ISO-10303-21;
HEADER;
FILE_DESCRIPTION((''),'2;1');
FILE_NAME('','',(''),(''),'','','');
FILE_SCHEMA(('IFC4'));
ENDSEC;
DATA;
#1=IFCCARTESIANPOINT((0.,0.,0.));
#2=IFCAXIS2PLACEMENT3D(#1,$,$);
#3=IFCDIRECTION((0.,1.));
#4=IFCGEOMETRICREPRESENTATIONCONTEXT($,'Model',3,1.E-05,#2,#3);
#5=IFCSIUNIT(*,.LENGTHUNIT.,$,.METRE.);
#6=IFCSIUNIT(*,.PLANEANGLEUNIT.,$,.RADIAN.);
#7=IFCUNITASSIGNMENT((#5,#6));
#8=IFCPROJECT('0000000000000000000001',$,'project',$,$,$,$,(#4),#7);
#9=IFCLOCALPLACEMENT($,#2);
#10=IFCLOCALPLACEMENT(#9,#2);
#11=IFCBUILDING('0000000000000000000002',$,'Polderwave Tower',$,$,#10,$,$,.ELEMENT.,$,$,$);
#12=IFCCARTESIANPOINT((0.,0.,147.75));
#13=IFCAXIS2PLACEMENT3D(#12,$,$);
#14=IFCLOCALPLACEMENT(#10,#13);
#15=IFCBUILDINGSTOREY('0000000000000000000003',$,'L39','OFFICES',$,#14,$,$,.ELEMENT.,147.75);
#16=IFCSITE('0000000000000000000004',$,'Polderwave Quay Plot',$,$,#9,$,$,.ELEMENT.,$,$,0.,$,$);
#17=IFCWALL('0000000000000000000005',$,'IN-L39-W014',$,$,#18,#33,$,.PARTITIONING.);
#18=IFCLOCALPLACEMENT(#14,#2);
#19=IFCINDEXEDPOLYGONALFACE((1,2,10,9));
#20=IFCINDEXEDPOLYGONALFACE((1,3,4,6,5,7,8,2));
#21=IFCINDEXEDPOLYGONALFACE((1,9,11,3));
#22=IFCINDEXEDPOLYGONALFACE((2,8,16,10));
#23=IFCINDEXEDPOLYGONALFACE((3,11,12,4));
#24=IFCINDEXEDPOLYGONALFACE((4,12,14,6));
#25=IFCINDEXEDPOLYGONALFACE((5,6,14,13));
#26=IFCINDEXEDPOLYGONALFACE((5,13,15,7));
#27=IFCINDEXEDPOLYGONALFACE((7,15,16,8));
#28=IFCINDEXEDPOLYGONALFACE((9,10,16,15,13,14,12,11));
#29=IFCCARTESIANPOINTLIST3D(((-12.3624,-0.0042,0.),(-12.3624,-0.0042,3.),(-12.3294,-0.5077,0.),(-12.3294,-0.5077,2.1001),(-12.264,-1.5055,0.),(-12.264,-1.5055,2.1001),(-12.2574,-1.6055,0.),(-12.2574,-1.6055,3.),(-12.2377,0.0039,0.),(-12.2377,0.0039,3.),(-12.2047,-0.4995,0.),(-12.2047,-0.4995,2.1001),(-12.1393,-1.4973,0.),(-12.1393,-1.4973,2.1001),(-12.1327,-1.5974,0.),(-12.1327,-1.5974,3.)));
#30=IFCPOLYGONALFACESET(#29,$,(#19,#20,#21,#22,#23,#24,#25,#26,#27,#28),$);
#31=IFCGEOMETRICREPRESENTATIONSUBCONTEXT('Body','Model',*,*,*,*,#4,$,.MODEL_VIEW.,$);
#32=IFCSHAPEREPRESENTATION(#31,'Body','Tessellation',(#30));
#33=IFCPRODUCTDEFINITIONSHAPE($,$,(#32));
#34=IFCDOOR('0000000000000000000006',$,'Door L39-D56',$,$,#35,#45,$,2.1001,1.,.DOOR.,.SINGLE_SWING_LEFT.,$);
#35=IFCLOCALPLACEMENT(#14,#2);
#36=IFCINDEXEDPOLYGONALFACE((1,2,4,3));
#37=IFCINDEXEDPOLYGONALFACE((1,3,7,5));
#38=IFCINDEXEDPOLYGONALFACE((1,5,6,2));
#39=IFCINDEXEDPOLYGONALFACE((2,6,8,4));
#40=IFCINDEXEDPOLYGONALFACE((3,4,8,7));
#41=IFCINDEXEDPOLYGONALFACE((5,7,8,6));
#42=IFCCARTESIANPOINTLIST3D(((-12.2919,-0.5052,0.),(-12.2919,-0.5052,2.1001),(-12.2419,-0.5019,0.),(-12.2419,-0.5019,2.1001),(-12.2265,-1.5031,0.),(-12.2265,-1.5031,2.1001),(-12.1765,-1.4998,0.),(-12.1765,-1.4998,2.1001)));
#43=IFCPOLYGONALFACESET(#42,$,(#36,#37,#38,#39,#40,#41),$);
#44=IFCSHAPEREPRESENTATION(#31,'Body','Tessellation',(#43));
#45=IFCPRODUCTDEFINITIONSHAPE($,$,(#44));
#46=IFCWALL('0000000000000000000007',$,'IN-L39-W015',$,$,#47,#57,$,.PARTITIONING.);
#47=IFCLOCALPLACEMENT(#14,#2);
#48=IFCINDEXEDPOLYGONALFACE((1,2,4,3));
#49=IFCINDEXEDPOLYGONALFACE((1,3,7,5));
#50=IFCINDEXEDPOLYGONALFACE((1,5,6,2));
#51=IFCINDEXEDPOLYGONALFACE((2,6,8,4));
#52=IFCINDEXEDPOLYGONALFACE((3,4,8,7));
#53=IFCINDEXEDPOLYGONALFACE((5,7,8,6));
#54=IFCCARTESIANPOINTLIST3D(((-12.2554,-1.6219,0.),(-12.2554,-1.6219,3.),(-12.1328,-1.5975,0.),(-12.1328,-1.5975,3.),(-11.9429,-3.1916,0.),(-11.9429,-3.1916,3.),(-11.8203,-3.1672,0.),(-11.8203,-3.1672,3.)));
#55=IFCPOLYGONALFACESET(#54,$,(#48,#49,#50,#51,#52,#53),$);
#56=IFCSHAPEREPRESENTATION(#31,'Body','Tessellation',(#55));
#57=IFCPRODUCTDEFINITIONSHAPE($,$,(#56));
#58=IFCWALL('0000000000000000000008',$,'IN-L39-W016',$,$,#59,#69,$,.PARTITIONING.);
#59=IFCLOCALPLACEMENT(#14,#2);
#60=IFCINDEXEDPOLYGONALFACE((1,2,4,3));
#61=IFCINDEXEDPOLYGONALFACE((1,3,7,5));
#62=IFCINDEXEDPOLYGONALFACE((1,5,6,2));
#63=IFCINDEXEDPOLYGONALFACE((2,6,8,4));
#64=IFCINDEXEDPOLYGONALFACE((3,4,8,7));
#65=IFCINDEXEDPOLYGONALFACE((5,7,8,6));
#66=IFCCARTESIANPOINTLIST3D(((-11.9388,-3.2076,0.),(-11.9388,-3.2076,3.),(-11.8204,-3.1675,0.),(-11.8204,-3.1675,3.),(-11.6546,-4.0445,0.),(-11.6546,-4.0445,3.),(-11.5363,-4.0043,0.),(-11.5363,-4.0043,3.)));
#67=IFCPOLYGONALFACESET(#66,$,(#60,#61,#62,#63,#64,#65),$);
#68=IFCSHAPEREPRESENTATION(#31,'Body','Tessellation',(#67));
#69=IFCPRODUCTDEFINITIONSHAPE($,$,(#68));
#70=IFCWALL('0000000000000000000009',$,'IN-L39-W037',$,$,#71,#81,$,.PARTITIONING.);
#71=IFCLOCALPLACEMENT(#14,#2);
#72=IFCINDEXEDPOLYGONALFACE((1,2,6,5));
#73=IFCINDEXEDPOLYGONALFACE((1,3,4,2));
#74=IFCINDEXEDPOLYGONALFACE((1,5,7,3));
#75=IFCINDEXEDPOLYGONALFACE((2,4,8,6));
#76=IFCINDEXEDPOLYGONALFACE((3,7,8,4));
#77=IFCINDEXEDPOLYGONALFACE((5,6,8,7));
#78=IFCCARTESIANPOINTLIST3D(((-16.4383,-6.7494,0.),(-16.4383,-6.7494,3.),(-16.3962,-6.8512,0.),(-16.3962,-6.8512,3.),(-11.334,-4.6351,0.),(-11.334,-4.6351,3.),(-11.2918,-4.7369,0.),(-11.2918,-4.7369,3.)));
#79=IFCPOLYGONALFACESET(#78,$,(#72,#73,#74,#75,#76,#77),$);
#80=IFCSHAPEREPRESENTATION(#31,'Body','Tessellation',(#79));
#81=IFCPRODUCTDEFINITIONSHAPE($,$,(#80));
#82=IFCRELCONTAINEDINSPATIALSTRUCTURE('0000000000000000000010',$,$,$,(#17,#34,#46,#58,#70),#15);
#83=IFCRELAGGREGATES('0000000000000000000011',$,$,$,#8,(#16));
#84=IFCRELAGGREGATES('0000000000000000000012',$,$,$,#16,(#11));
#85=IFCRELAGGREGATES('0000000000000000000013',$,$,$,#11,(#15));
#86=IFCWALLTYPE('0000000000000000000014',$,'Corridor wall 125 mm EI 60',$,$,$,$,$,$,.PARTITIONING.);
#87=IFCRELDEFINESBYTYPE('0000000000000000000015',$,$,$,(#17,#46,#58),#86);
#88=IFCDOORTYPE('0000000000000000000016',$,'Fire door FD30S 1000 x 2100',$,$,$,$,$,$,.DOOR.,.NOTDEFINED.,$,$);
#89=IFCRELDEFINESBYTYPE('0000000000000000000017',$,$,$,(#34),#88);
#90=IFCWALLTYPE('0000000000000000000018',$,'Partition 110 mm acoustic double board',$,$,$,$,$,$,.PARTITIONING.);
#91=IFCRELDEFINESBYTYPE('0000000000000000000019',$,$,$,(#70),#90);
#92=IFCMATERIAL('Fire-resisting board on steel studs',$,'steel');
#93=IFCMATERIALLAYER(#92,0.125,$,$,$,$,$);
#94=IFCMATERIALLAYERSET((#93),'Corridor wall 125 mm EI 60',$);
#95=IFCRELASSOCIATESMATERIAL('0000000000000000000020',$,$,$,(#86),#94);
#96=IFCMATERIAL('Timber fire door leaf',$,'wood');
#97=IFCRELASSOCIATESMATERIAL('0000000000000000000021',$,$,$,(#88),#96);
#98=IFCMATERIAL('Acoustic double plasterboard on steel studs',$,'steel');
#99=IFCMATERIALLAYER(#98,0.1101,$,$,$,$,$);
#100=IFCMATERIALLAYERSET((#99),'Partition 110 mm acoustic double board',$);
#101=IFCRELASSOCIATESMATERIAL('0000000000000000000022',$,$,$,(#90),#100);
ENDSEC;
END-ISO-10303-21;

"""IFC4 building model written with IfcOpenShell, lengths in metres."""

from ifc_helpers import new_model, si_unit, direction, frame, frame_2d, origin, place, context, subcontext, project, spatial, rectangle, extrude, material, layer, layer_set, type_object, element, fill, save


model = new_model("IFC4")

# Units and contexts
model_context = context("Model", 3, precision=1e-05, world=origin(), true_north=direction((0.0, 1.0)))
body_context = subcontext(model_context, "Body", "Model", "MODEL_VIEW")
ifc_project = project(units=[si_unit("LENGTHUNIT", "METRE"), si_unit("PLANEANGLEUNIT", "RADIAN")], contexts=[model_context])

# Site, building, storey
site_placement = place(None, origin())
site = spatial("IfcSite", under=ifc_project, at=site_placement, Name="Polderwave Quay Plot", CompositionType="ELEMENT", RefElevation=0.0)
building_placement = place(site_placement, origin())
building = spatial("IfcBuilding", under=site, at=building_placement, Name="Polderwave Tower", CompositionType="ELEMENT")
storey_placement = place(building_placement, frame((0.0, 0.0, 147.75)))
storey = spatial("IfcBuildingStorey", under=building, at=storey_placement, Name="L39", Description="OFFICES", CompositionType="ELEMENT", Elevation=147.75)

# Wall, opening, door
ifc_material_1 = material(Name="Fire-resisting board on steel studs", Category="steel")
ifc_layer_1 = layer(ifc_material_1, 0.125)
ifc_layer_set_1 = layer_set([ifc_layer_1], Name="Corridor wall 125 mm EI 60")
wall_type_1 = type_object("IfcWallType", Name="Corridor wall 125 mm EI 60", PredefinedType="PARTITIONING", material=ifc_layer_set_1)
wall_1_placement = place(storey_placement, frame((-12.1951, -1.6013, 0.0), z_axis=(0.0, 0.0, 1.0), x_axis=(-0.065418, 0.997858, 0.0)))
wall_1 = element("IfcWall", 1, at=wall_1_placement, inside=storey, type_object=wall_type_1, Name="IN-L39-W014", PredefinedType="PARTITIONING", context=body_context, shape_type="SweptSolid", body=[
    extrude(rectangle(XDim=1.6047, YDim=0.125, at=frame_2d((0.8022, 0.0))), origin(), (0.0, 0.0, 1.0), 3.0),
])
opening_placement = place(wall_1_placement, frame((0.1001, 0.0, 0.0)))
opening = element("IfcOpeningElement", 2, at=opening_placement, cuts=wall_1, PredefinedType="OPENING", context=body_context, shape_type="SweptSolid", body=[
    extrude(rectangle(XDim=1.0, YDim=2.1001, at=frame_2d((0.5, 1.05))), frame((0.0, 0.0725, 0.0), z_axis=(0.0, -1.0, 0.0), x_axis=(1.0, 0.0, 0.0)), (0.0, 0.0, 1.0), 0.145),
])
ifc_material_2 = material(Name="Timber fire door leaf", Category="wood")
door_type = type_object("IfcDoorType", Name="Fire door FD30S 1000 x 2100", OperationType="NOTDEFINED", PredefinedType="DOOR", material=ifc_material_2)
door_placement = place(opening_placement, origin())
door = element("IfcDoor", 3, at=door_placement, inside=storey, type_object=door_type, Name="Door L39-D56", OperationType="SINGLE_SWING_LEFT", OverallHeight=2.1001, OverallWidth=1.0, PredefinedType="DOOR", context=body_context, shape_type="SweptSolid", body=[
    extrude(rectangle(XDim=1.0, YDim=2.1001, at=frame_2d((0.5, 1.05))), frame((0.0, 0.0249, 0.0), z_axis=(0.0, -1.0, 0.0), x_axis=(1.0, 0.0, 0.0)), (0.0, 0.0, 1.0), 0.05),
])
fill(opening, door)

# Walls
wall_2_placement = place(storey_placement, frame((-11.8816, -3.1794, 0.0), z_axis=(0.0, 0.0, 1.0), x_axis=(-0.195236, 0.980756, 0.0)))
element("IfcWall", 4, at=wall_2_placement, inside=storey, type_object=wall_type_1, Name="IN-L39-W015", PredefinedType="PARTITIONING", context=body_context, shape_type="SweptSolid", body=[
    extrude(rectangle(XDim=1.6006, YDim=0.125, at=frame_2d((0.8003, 0.0))), origin(), (0.0, 0.0, 1.0), 3.0),
])
wall_3_placement = place(storey_placement, frame((-11.5955, -4.0244, 0.0), z_axis=(0.0, 0.0, 1.0), x_axis=(-0.321526, 0.946901, 0.0)))
element("IfcWall", 5, at=wall_3_placement, inside=storey, type_object=wall_type_1, Name="IN-L39-W016", PredefinedType="PARTITIONING", context=body_context, shape_type="SweptSolid", body=[
    extrude(rectangle(XDim=0.8838, YDim=0.125, at=frame_2d((0.4419, 0.0))), origin(), (0.0, 0.0, 1.0), 3.0),
])
ifc_material_3 = material(Name="Acoustic double plasterboard on steel studs", Category="steel")
ifc_layer_2 = layer(ifc_material_3, 0.1101)
ifc_layer_set_2 = layer_set([ifc_layer_2], Name="Partition 110 mm acoustic double board")
wall_type_2 = type_object("IfcWallType", Name="Partition 110 mm acoustic double board", PredefinedType="PARTITIONING", material=ifc_layer_set_2)
wall_4_placement = place(storey_placement, frame((-16.4172, -6.8003, 0.0), z_axis=(0.0, 0.0, 1.0), x_axis=(0.923879, 0.382685, 0.0)))
element("IfcWall", 6, at=wall_4_placement, inside=storey, type_object=wall_type_2, Name="IN-L39-W037", PredefinedType="PARTITIONING", context=body_context, shape_type="SweptSolid", body=[
    extrude(rectangle(XDim=5.5249, YDim=0.1101, at=frame_2d((2.7625, 0.0))), origin(), (0.0, 0.0, 1.0), 3.0),
])

save(model, "model.ifc")
